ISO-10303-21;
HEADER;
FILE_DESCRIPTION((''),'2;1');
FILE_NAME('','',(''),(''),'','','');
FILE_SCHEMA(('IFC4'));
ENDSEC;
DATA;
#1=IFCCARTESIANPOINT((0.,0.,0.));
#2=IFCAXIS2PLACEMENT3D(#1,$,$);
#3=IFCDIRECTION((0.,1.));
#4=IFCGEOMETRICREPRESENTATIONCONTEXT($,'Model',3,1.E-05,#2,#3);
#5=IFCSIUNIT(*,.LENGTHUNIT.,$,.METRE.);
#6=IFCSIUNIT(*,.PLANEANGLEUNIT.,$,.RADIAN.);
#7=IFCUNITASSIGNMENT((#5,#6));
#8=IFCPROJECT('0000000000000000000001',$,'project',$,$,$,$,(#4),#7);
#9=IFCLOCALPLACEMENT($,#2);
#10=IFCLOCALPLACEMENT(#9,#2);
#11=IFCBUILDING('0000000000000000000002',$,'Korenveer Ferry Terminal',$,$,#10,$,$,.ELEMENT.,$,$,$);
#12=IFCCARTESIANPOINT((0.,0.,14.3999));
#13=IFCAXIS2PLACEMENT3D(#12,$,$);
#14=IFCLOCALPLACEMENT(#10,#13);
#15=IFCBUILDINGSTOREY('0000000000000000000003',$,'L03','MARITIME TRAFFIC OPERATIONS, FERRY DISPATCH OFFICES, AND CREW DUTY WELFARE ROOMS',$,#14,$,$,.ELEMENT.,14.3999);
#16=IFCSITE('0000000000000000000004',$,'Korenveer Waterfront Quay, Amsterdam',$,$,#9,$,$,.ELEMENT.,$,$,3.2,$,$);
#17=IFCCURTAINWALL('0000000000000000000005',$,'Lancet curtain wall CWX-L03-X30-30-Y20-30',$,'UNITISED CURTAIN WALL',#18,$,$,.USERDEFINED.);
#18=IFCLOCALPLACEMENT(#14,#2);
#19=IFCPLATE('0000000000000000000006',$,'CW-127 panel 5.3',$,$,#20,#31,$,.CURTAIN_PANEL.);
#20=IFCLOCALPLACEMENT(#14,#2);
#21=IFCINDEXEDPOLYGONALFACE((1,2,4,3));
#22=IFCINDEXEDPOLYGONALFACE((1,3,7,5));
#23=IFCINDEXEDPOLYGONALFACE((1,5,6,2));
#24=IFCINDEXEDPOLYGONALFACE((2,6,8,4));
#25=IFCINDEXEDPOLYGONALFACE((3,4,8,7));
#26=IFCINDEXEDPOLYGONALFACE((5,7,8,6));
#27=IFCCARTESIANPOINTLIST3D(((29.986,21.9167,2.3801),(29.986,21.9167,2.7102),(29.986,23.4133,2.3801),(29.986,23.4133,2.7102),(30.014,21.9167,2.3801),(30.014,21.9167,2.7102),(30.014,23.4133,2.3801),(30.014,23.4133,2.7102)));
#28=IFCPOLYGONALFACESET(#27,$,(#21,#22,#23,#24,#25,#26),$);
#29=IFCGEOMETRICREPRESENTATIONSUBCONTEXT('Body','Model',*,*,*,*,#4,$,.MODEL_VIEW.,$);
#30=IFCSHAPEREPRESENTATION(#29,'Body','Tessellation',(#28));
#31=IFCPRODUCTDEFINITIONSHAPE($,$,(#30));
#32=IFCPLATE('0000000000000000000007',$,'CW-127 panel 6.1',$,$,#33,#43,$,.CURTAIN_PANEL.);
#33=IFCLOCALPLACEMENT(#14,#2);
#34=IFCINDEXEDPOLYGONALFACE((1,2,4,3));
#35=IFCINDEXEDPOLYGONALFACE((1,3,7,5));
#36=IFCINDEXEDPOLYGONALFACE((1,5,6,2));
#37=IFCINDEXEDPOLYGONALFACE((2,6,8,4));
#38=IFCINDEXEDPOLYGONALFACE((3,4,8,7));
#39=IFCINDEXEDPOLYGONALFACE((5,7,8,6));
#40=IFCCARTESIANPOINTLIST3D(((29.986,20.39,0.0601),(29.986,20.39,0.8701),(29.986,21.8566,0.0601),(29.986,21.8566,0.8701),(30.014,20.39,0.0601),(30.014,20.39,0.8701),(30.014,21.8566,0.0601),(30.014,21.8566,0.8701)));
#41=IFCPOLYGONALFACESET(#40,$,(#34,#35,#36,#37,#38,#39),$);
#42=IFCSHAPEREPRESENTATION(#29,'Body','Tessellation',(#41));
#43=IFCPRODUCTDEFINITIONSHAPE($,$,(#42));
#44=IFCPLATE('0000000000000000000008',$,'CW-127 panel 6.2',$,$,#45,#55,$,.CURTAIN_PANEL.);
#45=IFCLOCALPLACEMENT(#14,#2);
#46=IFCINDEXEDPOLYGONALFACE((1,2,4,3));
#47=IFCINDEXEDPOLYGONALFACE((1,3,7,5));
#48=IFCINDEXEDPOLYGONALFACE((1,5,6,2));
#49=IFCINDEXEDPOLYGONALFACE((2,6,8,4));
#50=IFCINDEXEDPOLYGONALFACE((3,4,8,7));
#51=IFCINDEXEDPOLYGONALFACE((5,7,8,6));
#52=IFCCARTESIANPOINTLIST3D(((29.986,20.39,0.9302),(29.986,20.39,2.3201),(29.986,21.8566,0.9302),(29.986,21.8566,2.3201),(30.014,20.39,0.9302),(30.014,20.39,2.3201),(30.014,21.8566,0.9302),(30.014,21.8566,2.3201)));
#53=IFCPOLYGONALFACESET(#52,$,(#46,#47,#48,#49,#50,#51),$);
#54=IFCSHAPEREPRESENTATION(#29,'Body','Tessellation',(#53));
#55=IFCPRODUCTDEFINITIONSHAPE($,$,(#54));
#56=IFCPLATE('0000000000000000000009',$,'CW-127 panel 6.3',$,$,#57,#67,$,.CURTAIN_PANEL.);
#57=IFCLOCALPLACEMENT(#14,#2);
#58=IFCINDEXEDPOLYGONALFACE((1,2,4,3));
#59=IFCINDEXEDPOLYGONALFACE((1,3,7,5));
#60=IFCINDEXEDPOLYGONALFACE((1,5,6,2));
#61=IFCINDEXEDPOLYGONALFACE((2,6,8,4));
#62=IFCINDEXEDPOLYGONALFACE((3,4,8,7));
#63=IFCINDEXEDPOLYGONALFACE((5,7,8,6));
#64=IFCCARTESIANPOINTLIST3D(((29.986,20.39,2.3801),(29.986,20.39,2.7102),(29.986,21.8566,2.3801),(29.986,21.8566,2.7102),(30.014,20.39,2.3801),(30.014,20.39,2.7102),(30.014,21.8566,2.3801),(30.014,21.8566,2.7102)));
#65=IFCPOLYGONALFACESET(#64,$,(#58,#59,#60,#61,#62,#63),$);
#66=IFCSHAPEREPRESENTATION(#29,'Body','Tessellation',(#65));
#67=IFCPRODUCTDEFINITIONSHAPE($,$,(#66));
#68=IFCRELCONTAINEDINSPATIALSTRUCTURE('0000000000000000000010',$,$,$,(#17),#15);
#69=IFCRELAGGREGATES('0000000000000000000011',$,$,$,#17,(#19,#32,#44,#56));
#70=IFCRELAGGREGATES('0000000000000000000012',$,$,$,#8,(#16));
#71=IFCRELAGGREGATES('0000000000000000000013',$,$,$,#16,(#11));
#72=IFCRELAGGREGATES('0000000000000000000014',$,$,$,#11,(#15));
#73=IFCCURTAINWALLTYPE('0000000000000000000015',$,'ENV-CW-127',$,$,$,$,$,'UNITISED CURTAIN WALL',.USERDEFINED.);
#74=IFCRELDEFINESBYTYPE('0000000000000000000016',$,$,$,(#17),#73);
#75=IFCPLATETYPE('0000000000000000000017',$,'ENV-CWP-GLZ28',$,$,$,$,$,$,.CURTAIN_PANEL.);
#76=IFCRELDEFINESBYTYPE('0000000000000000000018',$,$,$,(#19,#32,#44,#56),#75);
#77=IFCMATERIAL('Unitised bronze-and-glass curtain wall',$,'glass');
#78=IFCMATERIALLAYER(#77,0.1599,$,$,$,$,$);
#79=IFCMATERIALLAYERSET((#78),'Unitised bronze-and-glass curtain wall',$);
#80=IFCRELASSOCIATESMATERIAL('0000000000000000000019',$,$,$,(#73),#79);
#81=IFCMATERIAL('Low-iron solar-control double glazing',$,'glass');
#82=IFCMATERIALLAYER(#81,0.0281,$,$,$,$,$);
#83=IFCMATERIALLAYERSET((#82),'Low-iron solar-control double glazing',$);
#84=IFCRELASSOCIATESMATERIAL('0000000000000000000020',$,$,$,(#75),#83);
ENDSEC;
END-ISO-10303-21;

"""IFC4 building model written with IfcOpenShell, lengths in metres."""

from ifc_helpers import new_model, si_unit, direction, frame, origin, origin_2d, place, context, subcontext, project, spatial, rectangle, extrude, material, layer, layer_set, type_object, element, aggregate, save


model = new_model("IFC4")

# Units and contexts
model_context = context("Model", 3, precision=1e-05, world=origin(), true_north=direction((0.0, 1.0)))
body_context = subcontext(model_context, "Body", "Model", "MODEL_VIEW")
ifc_project = project(units=[si_unit("LENGTHUNIT", "METRE"), si_unit("PLANEANGLEUNIT", "RADIAN")], contexts=[model_context])

# Site, building, storey
site_placement = place(None, origin())
site = spatial("IfcSite", under=ifc_project, at=site_placement, Name="Korenveer Waterfront Quay, Amsterdam", CompositionType="ELEMENT", RefElevation=3.2)
building_placement = place(site_placement, origin())
building = spatial("IfcBuilding", under=site, at=building_placement, Name="Korenveer Ferry Terminal", CompositionType="ELEMENT")
storey_placement = place(building_placement, frame((0.0, 0.0, 14.3999)))
storey = spatial("IfcBuildingStorey", under=building, at=storey_placement, Name="L03", Description="MARITIME TRAFFIC OPERATIONS, FERRY DISPATCH OFFICES, AND CREW DUTY WELFARE ROOMS", CompositionType="ELEMENT", Elevation=14.3999)

# Curtain wall, plates
ifc_material_1 = material(Name="Unitised bronze-and-glass curtain wall", Category="glass")
ifc_layer_1 = layer(ifc_material_1, 0.1599)
ifc_layer_set_1 = layer_set([ifc_layer_1], Name="Unitised bronze-and-glass curtain wall")
curtain_wall_type = type_object("IfcCurtainWallType", Name="ENV-CW-127", ElementType="UNITISED CURTAIN WALL", PredefinedType="USERDEFINED", material=ifc_layer_set_1)
curtain_wall_placement = place(storey_placement, frame((30.0, 29.6699, 0.0)))
curtain_wall = element("IfcCurtainWall", 1, at=curtain_wall_placement, inside=storey, type_object=curtain_wall_type, Name="Lancet curtain wall CWX-L03-X30-30-Y20-30", ObjectType="UNITISED CURTAIN WALL", PredefinedType="USERDEFINED")
ifc_material_2 = material(Name="Low-iron solar-control double glazing", Category="glass")
ifc_layer_2 = layer(ifc_material_2, 0.0281)
ifc_layer_set_2 = layer_set([ifc_layer_2], Name="Low-iron solar-control double glazing")
plate_type = type_object("IfcPlateType", Name="ENV-CWP-GLZ28", PredefinedType="CURTAIN_PANEL", material=ifc_layer_set_2)
plate_1_placement = place(storey_placement, frame((30.0, 22.665, 2.3801), z_axis=(0.0, 0.0, 1.0), x_axis=(0.0, -1.0, 0.0)))
plate_1 = element("IfcPlate", 2, at=plate_1_placement, type_object=plate_type, Name="CW-127 panel 5.3", PredefinedType="CURTAIN_PANEL", context=body_context, shape_type="SweptSolid", body=[
    extrude(rectangle(XDim=1.4966, YDim=0.0281, at=origin_2d()), origin(), (0.0, 0.0, 1.0), 0.3301),
])
plate_2_placement = place(storey_placement, frame((30.0, 21.1233, 0.0601), z_axis=(0.0, 0.0, 1.0), x_axis=(0.0, -1.0, 0.0)))
plate_2 = element("IfcPlate", 3, at=plate_2_placement, type_object=plate_type, Name="CW-127 panel 6.1", PredefinedType="CURTAIN_PANEL", context=body_context, shape_type="SweptSolid", body=[
    extrude(rectangle(XDim=1.4666, YDim=0.0281, at=origin_2d()), origin(), (0.0, 0.0, 1.0), 0.8101),
])
plate_3_placement = place(storey_placement, frame((30.0, 21.1233, 0.9302), z_axis=(0.0, 0.0, 1.0), x_axis=(0.0, -1.0, 0.0)))
plate_3 = element("IfcPlate", 4, at=plate_3_placement, type_object=plate_type, Name="CW-127 panel 6.2", PredefinedType="CURTAIN_PANEL", context=body_context, shape_type="SweptSolid", body=[
    extrude(rectangle(XDim=1.4666, YDim=0.0281, at=origin_2d()), origin(), (0.0, 0.0, 1.0), 1.3899),
])
plate_4_placement = place(storey_placement, frame((30.0, 21.1233, 2.3801), z_axis=(0.0, 0.0, 1.0), x_axis=(0.0, -1.0, 0.0)))
plate_4 = element("IfcPlate", 5, at=plate_4_placement, type_object=plate_type, Name="CW-127 panel 6.3", PredefinedType="CURTAIN_PANEL", context=body_context, shape_type="SweptSolid", body=[
    extrude(rectangle(XDim=1.4666, YDim=0.0281, at=origin_2d()), origin(), (0.0, 0.0, 1.0), 0.3301),
])
aggregate(curtain_wall, [plate_1, plate_2, plate_3, plate_4])

save(model, "model.ifc")
